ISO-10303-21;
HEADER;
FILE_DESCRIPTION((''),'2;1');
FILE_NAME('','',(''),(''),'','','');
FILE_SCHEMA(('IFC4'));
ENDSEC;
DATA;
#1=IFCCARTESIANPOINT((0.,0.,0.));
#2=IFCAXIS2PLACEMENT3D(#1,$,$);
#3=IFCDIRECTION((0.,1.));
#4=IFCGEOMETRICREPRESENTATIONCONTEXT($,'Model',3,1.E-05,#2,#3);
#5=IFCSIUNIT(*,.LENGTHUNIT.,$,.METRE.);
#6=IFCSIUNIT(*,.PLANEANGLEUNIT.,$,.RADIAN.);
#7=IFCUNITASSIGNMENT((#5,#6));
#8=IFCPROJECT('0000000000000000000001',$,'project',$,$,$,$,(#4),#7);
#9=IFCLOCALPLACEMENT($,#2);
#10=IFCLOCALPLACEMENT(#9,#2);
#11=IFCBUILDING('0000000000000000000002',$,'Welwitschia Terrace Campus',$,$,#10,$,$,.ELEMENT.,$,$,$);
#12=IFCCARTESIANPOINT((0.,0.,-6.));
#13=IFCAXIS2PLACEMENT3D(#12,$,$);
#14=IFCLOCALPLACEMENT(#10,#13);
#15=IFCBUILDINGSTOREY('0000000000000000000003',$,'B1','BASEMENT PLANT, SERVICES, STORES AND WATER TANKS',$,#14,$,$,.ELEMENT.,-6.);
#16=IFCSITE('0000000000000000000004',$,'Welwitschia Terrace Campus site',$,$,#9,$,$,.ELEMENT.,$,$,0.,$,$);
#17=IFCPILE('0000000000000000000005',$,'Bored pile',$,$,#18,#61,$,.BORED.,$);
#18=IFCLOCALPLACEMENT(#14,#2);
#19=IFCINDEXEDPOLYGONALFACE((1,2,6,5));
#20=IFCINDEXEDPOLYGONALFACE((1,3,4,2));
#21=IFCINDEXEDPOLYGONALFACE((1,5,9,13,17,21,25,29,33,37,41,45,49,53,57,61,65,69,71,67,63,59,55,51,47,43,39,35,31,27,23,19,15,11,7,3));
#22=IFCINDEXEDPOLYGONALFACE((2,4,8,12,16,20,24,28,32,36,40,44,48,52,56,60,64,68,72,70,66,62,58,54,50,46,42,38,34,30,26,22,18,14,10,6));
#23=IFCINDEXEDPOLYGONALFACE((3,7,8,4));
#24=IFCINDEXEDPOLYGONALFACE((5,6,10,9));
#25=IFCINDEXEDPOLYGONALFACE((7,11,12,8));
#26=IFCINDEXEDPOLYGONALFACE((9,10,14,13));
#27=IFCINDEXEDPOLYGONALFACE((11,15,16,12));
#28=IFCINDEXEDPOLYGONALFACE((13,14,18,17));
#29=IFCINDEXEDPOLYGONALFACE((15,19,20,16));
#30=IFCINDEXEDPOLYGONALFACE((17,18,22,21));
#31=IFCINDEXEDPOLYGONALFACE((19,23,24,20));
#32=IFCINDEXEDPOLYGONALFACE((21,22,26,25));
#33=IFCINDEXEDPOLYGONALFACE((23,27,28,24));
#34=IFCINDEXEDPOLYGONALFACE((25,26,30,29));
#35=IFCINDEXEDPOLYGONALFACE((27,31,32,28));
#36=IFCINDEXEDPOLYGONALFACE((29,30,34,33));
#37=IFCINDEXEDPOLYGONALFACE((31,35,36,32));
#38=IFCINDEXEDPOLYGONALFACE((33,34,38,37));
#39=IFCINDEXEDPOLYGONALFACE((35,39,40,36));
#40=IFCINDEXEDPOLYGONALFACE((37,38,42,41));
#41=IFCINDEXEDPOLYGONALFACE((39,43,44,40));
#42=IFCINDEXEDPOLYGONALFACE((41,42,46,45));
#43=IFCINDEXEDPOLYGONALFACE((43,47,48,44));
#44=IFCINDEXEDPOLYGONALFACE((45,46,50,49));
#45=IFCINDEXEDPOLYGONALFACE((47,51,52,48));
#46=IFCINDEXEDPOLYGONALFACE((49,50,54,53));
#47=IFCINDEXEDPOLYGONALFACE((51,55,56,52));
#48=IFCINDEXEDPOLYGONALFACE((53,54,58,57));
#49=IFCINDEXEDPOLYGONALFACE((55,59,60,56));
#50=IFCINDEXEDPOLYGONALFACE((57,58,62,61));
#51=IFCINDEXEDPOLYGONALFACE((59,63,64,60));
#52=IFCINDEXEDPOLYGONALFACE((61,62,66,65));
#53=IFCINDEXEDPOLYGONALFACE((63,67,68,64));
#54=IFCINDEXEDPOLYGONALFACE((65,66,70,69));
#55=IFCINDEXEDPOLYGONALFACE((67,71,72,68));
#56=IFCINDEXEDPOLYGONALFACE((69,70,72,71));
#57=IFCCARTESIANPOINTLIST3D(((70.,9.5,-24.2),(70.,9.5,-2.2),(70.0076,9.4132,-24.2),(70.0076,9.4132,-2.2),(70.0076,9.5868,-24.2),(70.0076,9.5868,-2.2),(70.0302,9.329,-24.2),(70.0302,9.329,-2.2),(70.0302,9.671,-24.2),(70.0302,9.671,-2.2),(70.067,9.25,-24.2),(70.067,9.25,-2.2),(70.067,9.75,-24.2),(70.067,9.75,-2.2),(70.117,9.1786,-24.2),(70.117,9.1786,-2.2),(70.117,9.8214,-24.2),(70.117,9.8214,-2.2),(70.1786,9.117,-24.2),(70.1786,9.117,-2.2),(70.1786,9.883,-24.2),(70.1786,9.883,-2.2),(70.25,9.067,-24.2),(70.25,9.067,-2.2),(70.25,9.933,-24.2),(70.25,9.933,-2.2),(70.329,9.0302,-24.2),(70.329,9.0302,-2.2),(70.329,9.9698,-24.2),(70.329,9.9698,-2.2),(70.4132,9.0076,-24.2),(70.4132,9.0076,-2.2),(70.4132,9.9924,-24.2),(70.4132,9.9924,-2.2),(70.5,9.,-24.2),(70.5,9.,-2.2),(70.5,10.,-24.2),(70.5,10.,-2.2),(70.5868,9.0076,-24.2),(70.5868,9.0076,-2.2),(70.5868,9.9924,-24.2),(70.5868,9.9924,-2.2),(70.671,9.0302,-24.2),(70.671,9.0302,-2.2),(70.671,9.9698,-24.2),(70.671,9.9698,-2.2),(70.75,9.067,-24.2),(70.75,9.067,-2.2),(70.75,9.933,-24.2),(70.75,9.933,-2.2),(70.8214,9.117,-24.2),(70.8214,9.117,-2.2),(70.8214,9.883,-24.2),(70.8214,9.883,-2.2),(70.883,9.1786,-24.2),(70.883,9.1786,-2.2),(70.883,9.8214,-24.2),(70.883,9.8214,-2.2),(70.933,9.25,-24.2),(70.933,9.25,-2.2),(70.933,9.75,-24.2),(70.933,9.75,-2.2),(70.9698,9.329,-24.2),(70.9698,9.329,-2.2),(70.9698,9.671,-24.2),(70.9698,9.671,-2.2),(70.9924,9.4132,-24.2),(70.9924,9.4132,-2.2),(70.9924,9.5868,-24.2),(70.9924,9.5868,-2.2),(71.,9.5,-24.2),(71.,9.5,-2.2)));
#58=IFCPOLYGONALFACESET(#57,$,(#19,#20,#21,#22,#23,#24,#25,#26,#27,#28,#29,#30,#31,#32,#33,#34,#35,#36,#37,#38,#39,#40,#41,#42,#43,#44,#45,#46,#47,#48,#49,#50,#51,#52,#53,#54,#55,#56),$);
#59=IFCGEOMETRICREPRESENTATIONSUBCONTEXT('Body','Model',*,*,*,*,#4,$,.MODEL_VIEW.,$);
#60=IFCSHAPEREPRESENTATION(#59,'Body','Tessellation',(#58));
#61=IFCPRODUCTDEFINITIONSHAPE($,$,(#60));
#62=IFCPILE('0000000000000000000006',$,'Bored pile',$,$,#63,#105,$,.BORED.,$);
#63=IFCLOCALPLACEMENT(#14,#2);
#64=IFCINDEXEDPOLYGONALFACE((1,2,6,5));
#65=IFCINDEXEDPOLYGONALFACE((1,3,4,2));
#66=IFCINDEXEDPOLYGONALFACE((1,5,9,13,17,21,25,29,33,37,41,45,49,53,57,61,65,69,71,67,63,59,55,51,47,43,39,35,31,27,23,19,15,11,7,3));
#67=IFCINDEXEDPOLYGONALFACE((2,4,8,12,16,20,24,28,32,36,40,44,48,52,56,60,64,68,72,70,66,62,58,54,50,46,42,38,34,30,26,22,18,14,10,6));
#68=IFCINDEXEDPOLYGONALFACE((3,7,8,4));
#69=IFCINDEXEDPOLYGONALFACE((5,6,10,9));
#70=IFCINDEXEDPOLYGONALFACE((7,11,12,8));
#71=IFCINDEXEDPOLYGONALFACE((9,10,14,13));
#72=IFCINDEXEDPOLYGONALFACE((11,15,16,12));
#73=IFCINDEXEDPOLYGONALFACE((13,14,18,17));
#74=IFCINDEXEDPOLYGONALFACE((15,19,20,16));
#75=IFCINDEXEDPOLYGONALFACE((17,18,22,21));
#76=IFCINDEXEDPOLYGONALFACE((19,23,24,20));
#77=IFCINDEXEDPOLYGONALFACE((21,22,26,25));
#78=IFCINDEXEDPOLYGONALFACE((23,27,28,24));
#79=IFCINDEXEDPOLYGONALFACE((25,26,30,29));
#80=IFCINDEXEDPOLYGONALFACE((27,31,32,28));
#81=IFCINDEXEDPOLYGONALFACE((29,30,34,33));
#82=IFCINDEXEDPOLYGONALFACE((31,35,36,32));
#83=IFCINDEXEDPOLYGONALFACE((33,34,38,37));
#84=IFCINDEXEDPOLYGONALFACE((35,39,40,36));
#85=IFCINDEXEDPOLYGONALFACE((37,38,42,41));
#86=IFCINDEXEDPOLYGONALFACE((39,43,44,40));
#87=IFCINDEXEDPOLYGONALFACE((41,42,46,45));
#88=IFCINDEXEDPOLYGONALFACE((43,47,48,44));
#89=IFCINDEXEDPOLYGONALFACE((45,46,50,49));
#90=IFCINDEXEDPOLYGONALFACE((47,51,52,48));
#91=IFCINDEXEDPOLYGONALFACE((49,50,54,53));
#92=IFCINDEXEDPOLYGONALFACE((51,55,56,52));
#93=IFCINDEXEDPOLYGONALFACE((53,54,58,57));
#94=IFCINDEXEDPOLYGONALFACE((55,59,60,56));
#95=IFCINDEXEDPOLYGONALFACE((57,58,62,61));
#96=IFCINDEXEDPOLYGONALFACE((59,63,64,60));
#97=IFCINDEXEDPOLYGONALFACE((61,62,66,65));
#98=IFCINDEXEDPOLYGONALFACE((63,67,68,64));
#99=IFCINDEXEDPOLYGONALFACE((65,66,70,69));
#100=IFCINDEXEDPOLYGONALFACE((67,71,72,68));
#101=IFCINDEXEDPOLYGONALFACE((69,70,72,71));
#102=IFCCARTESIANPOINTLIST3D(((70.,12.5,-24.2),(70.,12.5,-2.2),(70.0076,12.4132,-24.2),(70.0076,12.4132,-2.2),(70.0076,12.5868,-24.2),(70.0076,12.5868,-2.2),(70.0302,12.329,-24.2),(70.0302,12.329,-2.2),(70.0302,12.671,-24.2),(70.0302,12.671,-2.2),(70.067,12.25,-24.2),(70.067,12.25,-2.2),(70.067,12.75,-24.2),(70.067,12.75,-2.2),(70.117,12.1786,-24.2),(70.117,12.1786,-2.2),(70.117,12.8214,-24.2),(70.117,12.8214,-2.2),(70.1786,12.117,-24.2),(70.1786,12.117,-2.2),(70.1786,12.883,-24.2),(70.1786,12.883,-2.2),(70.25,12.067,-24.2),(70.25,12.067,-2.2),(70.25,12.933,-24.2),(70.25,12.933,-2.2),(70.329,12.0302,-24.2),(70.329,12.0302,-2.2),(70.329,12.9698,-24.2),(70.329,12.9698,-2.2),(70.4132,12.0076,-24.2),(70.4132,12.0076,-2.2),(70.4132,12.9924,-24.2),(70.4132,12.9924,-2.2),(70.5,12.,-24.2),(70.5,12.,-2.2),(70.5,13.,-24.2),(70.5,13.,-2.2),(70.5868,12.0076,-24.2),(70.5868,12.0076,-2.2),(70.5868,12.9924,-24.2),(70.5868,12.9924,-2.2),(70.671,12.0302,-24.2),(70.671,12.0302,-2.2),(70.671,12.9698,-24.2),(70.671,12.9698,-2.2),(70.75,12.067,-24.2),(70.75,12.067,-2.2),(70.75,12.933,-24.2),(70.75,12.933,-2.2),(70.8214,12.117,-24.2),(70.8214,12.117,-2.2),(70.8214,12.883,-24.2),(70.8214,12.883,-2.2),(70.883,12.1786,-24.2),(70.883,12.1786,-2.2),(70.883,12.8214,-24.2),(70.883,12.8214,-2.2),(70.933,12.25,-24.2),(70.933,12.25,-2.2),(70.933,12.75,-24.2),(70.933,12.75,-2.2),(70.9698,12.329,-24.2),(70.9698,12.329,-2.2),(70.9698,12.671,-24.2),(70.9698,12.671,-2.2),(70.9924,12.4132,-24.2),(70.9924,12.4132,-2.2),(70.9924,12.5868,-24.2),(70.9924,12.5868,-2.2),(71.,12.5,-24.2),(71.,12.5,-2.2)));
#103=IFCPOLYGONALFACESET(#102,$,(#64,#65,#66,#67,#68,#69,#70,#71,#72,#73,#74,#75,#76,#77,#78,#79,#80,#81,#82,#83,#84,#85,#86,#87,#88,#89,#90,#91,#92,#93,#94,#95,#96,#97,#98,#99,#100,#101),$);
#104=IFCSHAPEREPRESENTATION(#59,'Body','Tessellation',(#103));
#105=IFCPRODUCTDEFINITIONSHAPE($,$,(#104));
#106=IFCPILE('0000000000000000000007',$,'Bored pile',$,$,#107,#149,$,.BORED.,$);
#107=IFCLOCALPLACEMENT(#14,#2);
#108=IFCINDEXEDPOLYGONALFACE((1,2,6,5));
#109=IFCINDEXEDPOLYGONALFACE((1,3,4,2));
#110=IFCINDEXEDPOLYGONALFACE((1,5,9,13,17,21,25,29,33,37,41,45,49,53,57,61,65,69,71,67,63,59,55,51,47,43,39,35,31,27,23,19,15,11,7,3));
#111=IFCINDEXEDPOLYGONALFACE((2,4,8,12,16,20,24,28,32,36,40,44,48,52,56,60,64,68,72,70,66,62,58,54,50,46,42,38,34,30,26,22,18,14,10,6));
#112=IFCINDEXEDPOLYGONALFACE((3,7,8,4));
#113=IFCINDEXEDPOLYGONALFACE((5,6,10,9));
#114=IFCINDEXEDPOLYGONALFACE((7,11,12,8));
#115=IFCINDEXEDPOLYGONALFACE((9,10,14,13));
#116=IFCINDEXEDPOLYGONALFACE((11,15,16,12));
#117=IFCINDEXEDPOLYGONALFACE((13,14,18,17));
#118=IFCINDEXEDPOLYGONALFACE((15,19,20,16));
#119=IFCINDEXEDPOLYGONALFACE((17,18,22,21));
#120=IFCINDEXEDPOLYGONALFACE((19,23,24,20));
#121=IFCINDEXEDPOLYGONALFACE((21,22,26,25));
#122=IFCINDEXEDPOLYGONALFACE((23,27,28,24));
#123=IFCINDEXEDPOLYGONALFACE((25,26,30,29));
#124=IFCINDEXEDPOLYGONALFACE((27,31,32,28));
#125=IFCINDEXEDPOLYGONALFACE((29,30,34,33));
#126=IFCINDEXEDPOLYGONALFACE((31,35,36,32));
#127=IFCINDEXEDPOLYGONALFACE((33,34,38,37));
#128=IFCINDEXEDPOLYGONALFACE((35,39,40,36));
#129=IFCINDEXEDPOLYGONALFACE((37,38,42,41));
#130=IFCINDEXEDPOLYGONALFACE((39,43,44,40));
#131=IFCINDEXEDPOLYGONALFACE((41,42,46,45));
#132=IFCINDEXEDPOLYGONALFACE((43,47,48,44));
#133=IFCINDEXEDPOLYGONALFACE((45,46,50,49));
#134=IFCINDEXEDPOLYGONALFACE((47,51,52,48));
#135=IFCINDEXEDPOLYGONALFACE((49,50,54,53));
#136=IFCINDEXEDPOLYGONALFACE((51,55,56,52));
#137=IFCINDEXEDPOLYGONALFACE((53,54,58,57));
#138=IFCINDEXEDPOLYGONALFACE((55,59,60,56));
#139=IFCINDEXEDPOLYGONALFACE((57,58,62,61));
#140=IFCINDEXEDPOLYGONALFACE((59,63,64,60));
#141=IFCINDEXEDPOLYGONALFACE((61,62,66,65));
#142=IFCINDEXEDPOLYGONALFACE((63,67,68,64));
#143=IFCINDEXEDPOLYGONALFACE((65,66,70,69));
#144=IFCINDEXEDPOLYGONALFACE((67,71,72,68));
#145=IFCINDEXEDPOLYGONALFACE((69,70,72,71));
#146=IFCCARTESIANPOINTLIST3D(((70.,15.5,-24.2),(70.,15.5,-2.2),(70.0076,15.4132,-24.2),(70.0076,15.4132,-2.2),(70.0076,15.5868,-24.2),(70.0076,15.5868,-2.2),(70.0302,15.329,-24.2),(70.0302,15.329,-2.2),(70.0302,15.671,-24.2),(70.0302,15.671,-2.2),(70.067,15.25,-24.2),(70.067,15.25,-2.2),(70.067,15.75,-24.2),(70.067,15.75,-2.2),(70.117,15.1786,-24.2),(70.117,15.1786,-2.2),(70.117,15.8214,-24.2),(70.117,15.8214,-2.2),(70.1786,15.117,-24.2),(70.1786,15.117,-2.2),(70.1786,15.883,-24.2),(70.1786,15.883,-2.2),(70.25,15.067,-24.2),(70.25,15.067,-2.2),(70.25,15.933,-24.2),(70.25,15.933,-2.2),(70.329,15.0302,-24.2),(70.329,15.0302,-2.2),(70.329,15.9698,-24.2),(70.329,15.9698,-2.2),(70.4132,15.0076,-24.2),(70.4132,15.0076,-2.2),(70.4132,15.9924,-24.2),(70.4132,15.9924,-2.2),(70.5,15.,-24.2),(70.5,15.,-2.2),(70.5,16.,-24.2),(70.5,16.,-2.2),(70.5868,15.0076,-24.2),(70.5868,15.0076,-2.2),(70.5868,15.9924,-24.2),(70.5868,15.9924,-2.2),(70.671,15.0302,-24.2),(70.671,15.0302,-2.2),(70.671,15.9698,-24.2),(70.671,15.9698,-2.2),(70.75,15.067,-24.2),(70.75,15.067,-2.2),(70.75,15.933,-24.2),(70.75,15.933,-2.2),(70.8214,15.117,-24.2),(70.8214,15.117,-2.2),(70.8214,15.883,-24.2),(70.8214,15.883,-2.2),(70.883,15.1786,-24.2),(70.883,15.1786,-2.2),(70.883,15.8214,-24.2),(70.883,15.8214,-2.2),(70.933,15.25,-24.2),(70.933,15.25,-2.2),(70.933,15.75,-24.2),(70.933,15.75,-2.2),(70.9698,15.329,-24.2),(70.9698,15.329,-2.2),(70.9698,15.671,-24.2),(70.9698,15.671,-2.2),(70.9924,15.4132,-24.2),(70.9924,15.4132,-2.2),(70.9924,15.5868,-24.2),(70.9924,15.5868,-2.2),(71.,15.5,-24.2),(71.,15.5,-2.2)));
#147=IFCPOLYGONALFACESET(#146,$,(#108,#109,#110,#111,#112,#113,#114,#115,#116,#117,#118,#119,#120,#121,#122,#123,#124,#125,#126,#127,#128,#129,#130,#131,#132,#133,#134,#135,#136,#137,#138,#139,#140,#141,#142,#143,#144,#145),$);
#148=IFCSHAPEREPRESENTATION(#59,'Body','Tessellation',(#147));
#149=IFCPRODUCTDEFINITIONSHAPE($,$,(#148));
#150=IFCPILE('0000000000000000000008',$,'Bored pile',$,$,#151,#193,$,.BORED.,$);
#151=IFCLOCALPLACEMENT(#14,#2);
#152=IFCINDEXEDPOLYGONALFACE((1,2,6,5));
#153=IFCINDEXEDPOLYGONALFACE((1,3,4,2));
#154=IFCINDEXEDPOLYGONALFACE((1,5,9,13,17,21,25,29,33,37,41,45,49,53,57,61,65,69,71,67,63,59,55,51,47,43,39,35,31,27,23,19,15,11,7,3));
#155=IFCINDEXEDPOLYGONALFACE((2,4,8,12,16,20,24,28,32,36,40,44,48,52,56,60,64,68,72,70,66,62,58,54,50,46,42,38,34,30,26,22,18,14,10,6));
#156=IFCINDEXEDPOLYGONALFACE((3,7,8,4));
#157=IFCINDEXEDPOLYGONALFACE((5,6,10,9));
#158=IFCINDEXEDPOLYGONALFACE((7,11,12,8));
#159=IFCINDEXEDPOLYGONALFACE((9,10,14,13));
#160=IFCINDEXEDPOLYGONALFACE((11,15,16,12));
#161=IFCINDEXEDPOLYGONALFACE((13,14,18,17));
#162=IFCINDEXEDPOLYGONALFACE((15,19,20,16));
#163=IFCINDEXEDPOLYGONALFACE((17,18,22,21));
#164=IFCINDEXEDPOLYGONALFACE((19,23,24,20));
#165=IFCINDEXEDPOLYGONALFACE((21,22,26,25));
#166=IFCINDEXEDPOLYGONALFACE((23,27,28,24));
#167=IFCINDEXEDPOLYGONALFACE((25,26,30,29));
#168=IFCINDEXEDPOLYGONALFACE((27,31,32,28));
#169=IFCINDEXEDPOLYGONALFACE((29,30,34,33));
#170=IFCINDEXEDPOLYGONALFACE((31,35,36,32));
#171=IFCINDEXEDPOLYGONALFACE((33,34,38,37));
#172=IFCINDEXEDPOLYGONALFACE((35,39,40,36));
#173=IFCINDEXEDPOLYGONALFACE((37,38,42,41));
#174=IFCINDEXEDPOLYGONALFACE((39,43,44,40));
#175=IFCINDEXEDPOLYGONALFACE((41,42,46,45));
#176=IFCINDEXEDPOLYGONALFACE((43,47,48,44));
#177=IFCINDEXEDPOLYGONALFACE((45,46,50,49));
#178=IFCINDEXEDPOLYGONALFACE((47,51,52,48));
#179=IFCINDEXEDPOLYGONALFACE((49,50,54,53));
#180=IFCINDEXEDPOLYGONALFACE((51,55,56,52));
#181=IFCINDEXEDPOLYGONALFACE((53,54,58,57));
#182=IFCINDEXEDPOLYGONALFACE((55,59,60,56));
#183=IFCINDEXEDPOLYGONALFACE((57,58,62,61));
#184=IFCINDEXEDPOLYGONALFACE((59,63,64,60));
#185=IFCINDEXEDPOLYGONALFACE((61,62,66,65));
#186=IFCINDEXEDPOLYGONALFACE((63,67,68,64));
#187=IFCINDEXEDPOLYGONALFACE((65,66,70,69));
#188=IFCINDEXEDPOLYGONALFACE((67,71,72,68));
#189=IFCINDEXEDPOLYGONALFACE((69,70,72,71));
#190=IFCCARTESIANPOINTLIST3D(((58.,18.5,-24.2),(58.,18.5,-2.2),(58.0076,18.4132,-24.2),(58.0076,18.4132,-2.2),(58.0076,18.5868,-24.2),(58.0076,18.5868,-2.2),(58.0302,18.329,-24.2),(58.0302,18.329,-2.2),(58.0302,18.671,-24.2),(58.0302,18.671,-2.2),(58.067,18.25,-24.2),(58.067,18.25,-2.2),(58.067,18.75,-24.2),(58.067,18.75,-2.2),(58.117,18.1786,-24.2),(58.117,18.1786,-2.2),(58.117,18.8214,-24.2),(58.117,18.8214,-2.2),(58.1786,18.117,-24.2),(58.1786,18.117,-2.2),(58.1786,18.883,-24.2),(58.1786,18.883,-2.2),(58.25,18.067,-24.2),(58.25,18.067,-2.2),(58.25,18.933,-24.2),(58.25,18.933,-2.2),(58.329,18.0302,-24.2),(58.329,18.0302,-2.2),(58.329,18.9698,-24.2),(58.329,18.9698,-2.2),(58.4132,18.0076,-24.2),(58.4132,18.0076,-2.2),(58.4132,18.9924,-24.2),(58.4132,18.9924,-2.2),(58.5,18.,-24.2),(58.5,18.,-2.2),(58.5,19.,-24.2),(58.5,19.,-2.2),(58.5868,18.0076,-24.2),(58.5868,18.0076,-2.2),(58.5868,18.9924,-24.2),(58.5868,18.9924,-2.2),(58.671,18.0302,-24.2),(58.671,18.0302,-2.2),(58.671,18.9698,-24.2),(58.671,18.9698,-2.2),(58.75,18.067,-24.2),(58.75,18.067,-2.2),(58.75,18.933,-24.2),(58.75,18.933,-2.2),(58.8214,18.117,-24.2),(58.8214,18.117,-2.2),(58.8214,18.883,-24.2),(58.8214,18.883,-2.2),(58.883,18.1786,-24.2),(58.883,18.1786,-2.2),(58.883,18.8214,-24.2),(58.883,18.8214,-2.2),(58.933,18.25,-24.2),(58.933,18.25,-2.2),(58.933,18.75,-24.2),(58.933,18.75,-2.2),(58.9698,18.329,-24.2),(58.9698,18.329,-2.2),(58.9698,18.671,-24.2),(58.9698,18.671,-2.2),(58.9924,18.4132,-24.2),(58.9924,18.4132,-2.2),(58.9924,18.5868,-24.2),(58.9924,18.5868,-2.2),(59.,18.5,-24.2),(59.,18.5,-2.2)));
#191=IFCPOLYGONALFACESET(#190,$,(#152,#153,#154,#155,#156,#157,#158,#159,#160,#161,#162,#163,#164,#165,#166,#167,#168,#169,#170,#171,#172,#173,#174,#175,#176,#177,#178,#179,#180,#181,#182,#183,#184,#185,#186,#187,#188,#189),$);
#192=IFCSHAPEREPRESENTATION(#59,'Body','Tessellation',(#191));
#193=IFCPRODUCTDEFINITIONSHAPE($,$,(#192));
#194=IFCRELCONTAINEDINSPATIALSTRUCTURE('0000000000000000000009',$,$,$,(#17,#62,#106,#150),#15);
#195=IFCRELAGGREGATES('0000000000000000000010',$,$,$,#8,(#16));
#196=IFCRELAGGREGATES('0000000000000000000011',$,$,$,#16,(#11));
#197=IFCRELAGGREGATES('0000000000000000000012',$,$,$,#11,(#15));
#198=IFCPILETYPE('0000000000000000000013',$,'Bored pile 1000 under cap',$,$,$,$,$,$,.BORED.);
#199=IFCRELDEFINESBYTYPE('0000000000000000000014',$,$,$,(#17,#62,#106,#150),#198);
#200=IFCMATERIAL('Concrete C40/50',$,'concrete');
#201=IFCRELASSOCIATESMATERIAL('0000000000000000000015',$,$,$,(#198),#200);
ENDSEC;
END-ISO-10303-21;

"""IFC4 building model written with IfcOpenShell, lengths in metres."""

from ifc_helpers import new_model, si_unit, direction, frame, origin, origin_2d, place, context, subcontext, project, spatial, circle, extrude, material, type_object, element, save


model = new_model("IFC4")

# Units and contexts
model_context = context("Model", 3, precision=1e-05, world=origin(), true_north=direction((0.0, 1.0)))
body_context = subcontext(model_context, "Body", "Model", "MODEL_VIEW")
ifc_project = project(units=[si_unit("LENGTHUNIT", "METRE"), si_unit("PLANEANGLEUNIT", "RADIAN")], contexts=[model_context])

# Site, building, storey
site_placement = place(None, origin())
site = spatial("IfcSite", under=ifc_project, at=site_placement, Name="Welwitschia Terrace Campus site", CompositionType="ELEMENT", RefElevation=0.0)
building_placement = place(site_placement, origin())
building = spatial("IfcBuilding", under=site, at=building_placement, Name="Welwitschia Terrace Campus", CompositionType="ELEMENT")
storey_placement = place(building_placement, frame((0.0, 0.0, -6.0)))
storey = spatial("IfcBuildingStorey", under=building, at=storey_placement, Name="B1", Description="BASEMENT PLANT, SERVICES, STORES AND WATER TANKS", CompositionType="ELEMENT", Elevation=-6.0)

# Piles
ifc_material_1 = material(Name="Concrete C40/50", Category="concrete")
pile_type = type_object("IfcPileType", Name="Bored pile 1000 under cap", PredefinedType="BORED", material=ifc_material_1)
for number, where, z_axis, x_axis, name in (
    (1, (70.5, 9.5, -2.2), (0.0, 0.0, -1.0), (1.0, 0.0, 0.0), "Bored pile"),
    (2, (70.5, 12.5, -2.2), (0.0, 0.0, -1.0), (1.0, 0.0, 0.0), "Bored pile"),
    (3, (70.5, 15.5, -2.2), (0.0, 0.0, -1.0), (1.0, 0.0, 0.0), "Bored pile"),
    (4, (58.5, 18.5, -2.2), (0.0, 0.0, -1.0), (1.0, 0.0, 0.0), "Bored pile"),
):
    element("IfcPile", number, at=place(storey_placement, frame(where, z_axis=z_axis, x_axis=x_axis)), inside=storey, type_object=pile_type, Name=name, PredefinedType="BORED", context=body_context, shape_type="SweptSolid", body=[
        extrude(circle(Radius=0.5, at=origin_2d()), origin(), (0.0, 0.0, 1.0), 22.0),
    ])

save(model, "model.ifc")
